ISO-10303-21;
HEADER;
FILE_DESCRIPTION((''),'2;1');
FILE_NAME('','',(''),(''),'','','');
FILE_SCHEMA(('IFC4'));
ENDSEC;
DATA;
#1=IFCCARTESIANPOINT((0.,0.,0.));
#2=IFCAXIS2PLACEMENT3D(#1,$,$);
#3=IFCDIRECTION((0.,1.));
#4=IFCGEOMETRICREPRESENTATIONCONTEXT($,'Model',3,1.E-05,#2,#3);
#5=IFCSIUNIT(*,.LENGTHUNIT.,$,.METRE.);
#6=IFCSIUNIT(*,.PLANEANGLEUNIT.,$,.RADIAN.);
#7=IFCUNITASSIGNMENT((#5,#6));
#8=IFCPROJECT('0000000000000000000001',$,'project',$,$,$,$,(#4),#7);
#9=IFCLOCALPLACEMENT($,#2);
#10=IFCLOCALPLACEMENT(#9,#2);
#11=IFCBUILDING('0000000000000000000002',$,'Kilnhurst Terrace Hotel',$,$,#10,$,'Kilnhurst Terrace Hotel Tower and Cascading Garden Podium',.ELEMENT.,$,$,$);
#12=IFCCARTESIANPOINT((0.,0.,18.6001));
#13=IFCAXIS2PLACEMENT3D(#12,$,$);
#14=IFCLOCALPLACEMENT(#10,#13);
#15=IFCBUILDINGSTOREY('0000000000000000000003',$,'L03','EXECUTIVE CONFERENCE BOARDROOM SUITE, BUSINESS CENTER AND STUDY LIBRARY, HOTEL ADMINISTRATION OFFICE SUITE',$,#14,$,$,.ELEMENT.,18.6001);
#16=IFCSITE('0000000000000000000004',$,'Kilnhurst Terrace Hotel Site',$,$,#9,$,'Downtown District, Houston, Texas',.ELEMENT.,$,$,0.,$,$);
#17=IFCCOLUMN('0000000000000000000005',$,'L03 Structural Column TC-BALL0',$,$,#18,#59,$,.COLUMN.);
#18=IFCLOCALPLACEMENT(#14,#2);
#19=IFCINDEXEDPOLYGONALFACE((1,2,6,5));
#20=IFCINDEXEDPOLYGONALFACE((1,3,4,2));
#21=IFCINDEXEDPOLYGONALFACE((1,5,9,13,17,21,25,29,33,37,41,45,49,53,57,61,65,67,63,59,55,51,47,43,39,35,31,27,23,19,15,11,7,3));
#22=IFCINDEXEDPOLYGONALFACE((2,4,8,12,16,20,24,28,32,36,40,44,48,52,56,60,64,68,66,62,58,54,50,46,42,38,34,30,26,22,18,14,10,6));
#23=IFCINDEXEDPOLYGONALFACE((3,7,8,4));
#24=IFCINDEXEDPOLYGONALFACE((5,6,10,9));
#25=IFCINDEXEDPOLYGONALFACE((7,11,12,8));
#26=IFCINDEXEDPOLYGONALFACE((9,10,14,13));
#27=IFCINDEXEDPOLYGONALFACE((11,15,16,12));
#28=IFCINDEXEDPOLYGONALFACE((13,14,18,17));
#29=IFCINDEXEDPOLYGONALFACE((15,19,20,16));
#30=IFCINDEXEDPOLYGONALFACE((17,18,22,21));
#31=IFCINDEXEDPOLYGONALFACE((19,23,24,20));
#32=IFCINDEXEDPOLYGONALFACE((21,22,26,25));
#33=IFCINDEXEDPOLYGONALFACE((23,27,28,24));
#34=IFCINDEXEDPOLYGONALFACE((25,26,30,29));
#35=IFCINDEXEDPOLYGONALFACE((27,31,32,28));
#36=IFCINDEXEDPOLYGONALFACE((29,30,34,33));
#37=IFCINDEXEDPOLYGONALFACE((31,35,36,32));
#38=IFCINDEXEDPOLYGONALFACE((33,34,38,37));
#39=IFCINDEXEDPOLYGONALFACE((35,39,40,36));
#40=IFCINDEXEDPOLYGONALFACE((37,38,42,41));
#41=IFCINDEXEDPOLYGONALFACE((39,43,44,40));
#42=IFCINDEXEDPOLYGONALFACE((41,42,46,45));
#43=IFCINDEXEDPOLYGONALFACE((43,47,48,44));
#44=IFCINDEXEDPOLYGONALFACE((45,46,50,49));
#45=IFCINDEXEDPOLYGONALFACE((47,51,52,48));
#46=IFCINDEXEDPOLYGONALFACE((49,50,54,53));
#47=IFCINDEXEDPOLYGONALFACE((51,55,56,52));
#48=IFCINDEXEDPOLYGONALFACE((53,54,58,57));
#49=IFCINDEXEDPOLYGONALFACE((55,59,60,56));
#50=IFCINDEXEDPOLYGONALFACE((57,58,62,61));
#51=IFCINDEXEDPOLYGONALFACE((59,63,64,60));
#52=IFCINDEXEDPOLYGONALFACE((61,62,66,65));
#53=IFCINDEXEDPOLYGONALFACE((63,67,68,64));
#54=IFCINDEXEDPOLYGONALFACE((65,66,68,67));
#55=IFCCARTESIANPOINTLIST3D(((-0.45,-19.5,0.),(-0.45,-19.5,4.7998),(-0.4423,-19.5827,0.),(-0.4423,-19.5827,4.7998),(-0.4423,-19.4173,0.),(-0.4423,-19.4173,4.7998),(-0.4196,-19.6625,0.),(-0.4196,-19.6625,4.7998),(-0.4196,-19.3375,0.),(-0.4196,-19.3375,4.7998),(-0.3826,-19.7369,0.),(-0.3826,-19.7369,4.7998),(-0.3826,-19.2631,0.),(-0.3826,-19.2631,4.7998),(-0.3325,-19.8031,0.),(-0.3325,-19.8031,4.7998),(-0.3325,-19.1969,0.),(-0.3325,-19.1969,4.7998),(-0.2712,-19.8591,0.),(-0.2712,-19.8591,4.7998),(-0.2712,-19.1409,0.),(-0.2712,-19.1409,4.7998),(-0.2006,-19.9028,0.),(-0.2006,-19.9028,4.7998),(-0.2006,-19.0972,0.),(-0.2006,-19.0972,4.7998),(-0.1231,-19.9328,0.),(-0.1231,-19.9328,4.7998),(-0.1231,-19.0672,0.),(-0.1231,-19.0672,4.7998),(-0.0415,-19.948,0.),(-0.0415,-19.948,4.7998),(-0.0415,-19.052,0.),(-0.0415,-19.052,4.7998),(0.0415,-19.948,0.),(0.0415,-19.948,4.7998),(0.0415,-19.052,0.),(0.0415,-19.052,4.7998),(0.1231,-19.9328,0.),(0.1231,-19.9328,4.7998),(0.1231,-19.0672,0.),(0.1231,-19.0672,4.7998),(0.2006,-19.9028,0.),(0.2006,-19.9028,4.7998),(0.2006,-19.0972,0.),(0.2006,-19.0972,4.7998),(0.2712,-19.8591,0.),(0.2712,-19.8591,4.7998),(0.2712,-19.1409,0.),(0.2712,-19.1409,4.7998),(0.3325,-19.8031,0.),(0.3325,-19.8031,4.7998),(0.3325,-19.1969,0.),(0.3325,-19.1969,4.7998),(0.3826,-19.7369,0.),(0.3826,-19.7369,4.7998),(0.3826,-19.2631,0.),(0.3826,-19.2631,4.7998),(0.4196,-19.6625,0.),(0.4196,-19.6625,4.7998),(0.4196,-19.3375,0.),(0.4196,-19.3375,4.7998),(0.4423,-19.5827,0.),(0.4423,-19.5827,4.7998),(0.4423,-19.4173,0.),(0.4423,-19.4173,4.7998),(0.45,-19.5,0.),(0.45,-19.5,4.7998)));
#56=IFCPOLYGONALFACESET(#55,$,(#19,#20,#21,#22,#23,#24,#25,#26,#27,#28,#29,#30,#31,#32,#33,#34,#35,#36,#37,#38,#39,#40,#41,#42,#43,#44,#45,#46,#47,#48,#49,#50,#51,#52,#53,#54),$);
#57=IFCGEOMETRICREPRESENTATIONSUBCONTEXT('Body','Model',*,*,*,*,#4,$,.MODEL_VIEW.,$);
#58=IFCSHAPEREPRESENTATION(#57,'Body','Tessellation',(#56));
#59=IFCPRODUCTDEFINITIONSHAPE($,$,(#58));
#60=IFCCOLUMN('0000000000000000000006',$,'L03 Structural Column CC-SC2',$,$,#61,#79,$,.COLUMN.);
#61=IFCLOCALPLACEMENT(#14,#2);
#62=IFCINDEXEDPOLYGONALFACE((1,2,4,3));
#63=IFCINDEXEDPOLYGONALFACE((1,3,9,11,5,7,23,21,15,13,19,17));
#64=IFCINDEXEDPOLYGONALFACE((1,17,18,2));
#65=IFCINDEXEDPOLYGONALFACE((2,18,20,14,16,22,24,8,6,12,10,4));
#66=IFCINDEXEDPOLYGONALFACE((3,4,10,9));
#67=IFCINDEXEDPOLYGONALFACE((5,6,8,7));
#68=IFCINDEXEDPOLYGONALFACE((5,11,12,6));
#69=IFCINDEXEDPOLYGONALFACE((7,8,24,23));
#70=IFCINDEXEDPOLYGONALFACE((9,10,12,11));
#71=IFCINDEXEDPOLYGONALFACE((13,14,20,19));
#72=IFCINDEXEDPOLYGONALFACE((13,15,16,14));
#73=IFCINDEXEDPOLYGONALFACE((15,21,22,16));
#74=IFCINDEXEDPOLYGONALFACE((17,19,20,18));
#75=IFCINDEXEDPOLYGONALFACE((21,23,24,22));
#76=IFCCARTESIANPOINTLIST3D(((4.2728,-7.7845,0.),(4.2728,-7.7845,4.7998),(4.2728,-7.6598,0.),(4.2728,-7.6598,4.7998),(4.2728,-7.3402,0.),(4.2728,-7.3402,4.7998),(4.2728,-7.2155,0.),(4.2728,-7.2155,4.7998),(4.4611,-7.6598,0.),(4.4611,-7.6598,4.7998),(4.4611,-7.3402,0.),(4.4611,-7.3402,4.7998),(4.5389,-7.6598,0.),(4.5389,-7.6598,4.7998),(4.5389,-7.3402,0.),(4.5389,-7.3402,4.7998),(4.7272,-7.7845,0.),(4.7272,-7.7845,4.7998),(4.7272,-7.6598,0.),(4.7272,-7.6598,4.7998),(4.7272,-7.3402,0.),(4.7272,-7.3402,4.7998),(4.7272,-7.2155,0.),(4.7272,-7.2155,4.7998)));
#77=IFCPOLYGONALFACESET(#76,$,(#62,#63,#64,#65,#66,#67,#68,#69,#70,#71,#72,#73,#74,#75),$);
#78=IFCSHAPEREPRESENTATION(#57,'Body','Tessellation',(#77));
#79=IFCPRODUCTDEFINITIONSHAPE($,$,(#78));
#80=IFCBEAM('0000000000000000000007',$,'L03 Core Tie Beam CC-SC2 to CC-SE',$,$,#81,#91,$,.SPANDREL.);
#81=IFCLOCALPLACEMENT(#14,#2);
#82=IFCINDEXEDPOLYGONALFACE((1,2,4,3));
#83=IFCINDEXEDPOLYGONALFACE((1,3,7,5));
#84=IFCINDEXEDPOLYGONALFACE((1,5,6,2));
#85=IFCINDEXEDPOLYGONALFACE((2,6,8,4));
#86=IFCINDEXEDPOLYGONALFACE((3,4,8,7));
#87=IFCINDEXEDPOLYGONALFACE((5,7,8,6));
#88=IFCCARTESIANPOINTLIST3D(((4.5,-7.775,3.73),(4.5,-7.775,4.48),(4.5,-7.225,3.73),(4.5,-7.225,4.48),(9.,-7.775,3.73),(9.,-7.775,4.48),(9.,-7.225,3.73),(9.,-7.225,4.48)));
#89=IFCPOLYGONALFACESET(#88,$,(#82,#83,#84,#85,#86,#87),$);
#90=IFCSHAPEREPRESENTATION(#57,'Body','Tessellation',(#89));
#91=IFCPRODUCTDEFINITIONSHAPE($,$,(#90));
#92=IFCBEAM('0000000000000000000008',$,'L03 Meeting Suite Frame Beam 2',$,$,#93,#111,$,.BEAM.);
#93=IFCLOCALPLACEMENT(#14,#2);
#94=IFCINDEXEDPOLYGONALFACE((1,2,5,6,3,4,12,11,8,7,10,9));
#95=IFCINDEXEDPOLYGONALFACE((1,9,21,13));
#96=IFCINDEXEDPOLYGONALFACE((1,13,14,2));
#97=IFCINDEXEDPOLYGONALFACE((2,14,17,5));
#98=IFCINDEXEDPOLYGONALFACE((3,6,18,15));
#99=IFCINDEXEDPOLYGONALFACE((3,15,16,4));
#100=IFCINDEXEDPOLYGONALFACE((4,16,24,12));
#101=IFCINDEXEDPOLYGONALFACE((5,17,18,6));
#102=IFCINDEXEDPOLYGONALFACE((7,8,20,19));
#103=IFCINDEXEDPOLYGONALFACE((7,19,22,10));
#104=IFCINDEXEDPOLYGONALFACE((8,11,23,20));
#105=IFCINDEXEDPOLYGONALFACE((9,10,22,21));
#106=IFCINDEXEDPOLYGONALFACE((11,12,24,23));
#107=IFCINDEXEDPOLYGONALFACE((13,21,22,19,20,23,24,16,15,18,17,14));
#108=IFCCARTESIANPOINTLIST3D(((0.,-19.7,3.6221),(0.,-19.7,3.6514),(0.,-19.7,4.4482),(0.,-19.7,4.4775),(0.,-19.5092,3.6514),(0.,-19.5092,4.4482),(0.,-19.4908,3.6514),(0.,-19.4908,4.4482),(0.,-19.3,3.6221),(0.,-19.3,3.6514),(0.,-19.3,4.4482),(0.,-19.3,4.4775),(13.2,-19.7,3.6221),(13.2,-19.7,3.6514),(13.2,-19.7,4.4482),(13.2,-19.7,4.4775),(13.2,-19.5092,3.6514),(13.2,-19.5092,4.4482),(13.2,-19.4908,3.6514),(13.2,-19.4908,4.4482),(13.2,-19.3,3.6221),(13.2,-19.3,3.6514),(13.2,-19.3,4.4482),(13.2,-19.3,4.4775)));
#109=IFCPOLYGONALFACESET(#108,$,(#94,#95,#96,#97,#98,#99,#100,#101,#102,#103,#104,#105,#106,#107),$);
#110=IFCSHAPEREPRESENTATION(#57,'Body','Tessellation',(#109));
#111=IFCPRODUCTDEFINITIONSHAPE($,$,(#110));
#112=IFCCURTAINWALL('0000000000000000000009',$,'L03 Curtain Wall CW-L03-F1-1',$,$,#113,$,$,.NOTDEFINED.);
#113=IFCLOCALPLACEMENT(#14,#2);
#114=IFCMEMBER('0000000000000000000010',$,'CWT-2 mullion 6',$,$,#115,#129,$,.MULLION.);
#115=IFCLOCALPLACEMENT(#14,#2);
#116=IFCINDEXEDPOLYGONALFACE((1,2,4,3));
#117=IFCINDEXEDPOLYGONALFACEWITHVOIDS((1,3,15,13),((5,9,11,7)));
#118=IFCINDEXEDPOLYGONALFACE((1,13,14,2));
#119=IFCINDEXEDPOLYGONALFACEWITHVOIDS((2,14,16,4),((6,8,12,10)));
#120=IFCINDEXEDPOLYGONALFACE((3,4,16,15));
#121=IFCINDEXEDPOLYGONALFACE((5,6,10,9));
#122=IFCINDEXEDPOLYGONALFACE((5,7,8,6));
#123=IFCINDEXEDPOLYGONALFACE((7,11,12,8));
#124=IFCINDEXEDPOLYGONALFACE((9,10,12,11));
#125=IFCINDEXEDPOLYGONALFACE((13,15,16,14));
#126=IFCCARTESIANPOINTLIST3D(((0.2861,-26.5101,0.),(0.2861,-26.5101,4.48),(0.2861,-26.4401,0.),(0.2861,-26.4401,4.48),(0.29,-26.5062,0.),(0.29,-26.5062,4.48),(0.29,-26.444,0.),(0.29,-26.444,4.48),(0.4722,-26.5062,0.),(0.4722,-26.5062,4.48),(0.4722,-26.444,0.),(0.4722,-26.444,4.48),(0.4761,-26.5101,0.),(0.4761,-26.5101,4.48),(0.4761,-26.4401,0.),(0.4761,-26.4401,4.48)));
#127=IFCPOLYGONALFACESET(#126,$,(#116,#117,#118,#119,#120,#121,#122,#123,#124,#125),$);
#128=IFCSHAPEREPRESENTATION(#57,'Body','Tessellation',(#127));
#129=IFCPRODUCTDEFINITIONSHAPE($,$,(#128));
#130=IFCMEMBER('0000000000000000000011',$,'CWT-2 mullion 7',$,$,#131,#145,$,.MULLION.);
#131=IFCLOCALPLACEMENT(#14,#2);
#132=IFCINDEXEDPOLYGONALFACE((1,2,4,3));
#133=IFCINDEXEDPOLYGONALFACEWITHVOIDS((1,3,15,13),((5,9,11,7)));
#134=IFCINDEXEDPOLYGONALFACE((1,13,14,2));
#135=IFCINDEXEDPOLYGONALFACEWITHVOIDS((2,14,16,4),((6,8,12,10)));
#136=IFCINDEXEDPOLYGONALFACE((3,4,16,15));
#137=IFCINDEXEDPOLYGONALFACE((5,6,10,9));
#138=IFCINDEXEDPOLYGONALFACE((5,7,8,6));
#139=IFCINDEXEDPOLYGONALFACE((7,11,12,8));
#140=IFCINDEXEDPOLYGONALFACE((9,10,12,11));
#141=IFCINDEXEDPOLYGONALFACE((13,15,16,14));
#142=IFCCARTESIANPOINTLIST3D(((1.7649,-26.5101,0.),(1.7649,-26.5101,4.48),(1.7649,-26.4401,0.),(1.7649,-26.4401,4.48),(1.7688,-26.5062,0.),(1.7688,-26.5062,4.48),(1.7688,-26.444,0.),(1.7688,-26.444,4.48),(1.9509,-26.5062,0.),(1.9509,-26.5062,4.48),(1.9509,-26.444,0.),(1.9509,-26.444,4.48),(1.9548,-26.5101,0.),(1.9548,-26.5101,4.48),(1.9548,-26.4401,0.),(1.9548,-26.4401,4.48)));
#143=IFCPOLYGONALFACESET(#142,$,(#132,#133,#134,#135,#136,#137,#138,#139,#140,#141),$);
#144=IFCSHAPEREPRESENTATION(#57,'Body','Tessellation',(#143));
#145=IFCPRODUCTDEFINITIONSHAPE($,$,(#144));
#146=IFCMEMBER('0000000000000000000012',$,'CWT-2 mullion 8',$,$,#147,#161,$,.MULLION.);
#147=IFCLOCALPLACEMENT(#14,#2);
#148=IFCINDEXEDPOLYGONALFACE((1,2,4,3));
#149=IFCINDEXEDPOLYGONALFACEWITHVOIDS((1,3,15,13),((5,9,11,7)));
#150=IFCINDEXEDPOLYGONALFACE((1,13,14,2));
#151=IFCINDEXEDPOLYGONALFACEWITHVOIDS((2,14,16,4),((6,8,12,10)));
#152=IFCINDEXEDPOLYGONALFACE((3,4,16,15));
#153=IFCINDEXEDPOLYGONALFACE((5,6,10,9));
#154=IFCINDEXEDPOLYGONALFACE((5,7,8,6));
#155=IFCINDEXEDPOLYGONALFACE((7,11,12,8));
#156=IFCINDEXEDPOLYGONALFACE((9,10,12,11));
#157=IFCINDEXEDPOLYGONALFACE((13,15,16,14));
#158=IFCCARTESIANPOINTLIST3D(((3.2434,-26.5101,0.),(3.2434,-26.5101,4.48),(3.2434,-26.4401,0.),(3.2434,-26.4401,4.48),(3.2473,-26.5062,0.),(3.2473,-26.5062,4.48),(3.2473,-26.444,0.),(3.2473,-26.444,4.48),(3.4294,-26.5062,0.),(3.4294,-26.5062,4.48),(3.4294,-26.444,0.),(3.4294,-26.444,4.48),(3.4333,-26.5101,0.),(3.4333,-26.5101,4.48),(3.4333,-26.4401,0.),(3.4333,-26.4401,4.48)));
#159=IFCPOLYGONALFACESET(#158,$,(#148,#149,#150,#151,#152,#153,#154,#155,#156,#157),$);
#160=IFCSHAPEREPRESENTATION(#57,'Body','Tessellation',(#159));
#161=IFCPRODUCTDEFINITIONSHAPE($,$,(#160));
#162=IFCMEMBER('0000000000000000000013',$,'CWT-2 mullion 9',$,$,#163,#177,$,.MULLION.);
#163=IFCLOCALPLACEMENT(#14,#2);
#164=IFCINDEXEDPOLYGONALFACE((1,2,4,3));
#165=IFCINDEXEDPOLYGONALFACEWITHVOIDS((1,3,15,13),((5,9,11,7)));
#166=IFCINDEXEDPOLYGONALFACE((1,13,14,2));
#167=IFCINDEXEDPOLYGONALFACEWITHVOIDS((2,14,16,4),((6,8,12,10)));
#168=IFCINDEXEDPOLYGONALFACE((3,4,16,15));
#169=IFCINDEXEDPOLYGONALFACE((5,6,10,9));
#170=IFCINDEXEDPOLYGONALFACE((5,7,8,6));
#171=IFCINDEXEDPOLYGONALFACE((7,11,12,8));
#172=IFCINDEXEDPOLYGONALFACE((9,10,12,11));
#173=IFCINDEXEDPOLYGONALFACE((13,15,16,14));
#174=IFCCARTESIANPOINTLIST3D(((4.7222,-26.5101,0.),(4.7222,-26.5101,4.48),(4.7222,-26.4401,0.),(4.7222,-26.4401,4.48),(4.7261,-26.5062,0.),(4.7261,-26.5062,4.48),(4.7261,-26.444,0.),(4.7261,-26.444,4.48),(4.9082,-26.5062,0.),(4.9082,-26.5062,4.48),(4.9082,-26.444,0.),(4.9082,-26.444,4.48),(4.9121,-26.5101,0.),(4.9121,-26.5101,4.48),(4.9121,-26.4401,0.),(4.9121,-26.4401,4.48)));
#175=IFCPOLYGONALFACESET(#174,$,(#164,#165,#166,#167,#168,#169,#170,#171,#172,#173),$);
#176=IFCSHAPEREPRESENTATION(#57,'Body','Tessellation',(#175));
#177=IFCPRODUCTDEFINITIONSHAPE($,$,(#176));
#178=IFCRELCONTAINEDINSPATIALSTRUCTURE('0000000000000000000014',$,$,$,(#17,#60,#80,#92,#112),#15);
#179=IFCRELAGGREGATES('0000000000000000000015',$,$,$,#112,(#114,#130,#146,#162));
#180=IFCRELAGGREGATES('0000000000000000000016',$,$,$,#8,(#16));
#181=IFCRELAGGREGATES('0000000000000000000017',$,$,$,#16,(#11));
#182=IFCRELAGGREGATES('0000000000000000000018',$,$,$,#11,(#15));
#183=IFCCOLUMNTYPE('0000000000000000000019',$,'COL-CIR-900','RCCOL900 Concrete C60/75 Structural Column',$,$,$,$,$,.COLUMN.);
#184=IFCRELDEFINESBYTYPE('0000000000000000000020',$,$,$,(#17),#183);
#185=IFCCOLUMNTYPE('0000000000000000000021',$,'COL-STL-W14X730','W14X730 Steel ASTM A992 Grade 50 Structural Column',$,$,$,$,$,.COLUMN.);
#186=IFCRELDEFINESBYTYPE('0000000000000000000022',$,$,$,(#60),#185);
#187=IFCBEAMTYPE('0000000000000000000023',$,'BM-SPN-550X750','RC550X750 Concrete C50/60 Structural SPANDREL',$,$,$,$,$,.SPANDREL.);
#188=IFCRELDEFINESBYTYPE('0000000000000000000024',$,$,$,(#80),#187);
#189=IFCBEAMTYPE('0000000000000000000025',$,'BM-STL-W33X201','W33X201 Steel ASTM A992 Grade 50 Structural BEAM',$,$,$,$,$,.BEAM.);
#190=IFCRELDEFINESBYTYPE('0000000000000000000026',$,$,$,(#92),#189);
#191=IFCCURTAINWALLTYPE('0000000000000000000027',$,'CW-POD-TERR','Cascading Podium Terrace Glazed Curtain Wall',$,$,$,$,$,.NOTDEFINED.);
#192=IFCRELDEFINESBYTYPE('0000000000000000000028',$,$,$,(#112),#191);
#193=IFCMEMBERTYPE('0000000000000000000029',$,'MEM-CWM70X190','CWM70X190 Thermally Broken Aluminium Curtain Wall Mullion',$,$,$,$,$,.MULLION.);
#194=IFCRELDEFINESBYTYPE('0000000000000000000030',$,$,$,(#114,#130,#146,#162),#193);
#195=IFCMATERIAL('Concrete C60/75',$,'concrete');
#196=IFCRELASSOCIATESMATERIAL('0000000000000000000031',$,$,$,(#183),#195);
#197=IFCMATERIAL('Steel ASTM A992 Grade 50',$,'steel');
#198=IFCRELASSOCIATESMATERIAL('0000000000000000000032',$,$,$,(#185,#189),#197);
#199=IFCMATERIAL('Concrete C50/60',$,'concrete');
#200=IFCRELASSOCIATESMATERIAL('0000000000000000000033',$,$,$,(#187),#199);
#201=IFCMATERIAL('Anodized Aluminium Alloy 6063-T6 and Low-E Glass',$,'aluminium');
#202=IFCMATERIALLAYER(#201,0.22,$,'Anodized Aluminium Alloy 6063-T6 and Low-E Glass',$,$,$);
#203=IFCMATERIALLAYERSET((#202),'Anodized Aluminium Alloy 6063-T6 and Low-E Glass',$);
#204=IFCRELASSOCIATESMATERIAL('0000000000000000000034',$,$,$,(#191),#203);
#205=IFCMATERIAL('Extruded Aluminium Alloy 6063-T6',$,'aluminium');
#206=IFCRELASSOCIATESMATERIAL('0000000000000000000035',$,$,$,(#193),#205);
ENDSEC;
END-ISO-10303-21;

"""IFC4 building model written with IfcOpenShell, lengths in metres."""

from ifc_helpers import new_model, si_unit, direction, frame, origin, origin_2d, place, context, subcontext, project, spatial, rectangle, hollow_rectangle, circle, i_section, extrude, material, layer, layer_set, material_profile, profile_set, type_object, element, aggregate, save


model = new_model("IFC4")

# Units and contexts
model_context = context("Model", 3, precision=1e-05, world=origin(), true_north=direction((0.0, 1.0)))
body_context = subcontext(model_context, "Body", "Model", "MODEL_VIEW")
ifc_project = project(units=[si_unit("LENGTHUNIT", "METRE"), si_unit("PLANEANGLEUNIT", "RADIAN")], contexts=[model_context])

# Site, building, storey
site_placement = place(None, origin())
site = spatial("IfcSite", under=ifc_project, at=site_placement, Name="Kilnhurst Terrace Hotel Site", LongName="Downtown District, Houston, Texas", CompositionType="ELEMENT", RefElevation=0.0)
building_placement = place(site_placement, origin())
building = spatial("IfcBuilding", under=site, at=building_placement, Name="Kilnhurst Terrace Hotel", LongName="Kilnhurst Terrace Hotel Tower and Cascading Garden Podium", CompositionType="ELEMENT")
storey_placement = place(building_placement, frame((0.0, 0.0, 18.6001)))
storey = spatial("IfcBuildingStorey", under=building, at=storey_placement, Name="L03", Description="EXECUTIVE CONFERENCE BOARDROOM SUITE, BUSINESS CENTER AND STUDY LIBRARY, HOTEL ADMINISTRATION OFFICE SUITE", CompositionType="ELEMENT", Elevation=18.6001)

# Columns
ifc_material_1 = material(Name="Concrete C60/75", Category="concrete")
ifc_material_profile_1 = material_profile(ifc_material_1, circle(Radius=0.45, at=origin_2d()), Name="RCCOL900")
ifc_profile_set_1 = profile_set([ifc_material_profile_1], Name="Concrete C60/75")
column_type_1 = type_object("IfcColumnType", Name="COL-CIR-900", Description="RCCOL900 Concrete C60/75 Structural Column", PredefinedType="COLUMN", material=ifc_profile_set_1)
column_1_placement = place(storey_placement, frame((0.0, -19.5, 0.0), z_axis=(0.0, 0.0, 1.0), x_axis=(1.0, 0.0, 0.0)))
element("IfcColumn", 1, at=column_1_placement, inside=storey, type_object=column_type_1, Name="L03 Structural Column TC-BALL0", PredefinedType="COLUMN", context=body_context, shape_type="SweptSolid", body=[
    extrude(circle(Radius=0.45, at=origin_2d()), origin(), (0.0, 0.0, 1.0), 4.7998),
])
ifc_material_2 = material(Name="Steel ASTM A992 Grade 50", Category="steel")
ifc_material_profile_2 = material_profile(ifc_material_2, i_section(OverallWidth=0.4543, OverallDepth=0.5691, WebThickness=0.0779, FlangeThickness=0.1248, at=origin_2d()), Name="W14X730")
ifc_profile_set_2 = profile_set([ifc_material_profile_2], Name="Steel ASTM A992 Grade 50")
column_type_2 = type_object("IfcColumnType", Name="COL-STL-W14X730", Description="W14X730 Steel ASTM A992 Grade 50 Structural Column", PredefinedType="COLUMN", material=ifc_profile_set_2)
column_2_placement = place(storey_placement, frame((4.5, -7.5, 0.0), z_axis=(0.0, 0.0, 1.0), x_axis=(1.0, 0.0, 0.0)))
element("IfcColumn", 2, at=column_2_placement, inside=storey, type_object=column_type_2, Name="L03 Structural Column CC-SC2", PredefinedType="COLUMN", context=body_context, shape_type="SweptSolid", body=[
    extrude(i_section(OverallWidth=0.4543, OverallDepth=0.5691, WebThickness=0.0779, FlangeThickness=0.1248, at=origin_2d()), origin(), (0.0, 0.0, 1.0), 4.7998),
])

# Beams
ifc_material_3 = material(Name="Concrete C50/60", Category="concrete")
ifc_material_profile_3 = material_profile(ifc_material_3, rectangle(XDim=0.55, YDim=0.75, at=origin_2d()), Name="RC550X750")
ifc_profile_set_3 = profile_set([ifc_material_profile_3], Name="Concrete C50/60")
beam_type_1 = type_object("IfcBeamType", Name="BM-SPN-550X750", Description="RC550X750 Concrete C50/60 Structural SPANDREL", PredefinedType="SPANDREL", material=ifc_profile_set_3)
beam_1_placement = place(storey_placement, frame((4.5, -7.5, 4.105), z_axis=(1.0, 0.0, 0.0), x_axis=(0.0, 1.0, 0.0)))
element("IfcBeam", 3, at=beam_1_placement, inside=storey, type_object=beam_type_1, Name="L03 Core Tie Beam CC-SC2 to CC-SE", PredefinedType="SPANDREL", context=body_context, shape_type="SweptSolid", body=[
    extrude(rectangle(XDim=0.55, YDim=0.75, at=origin_2d()), origin(), (0.0, 0.0, 1.0), 4.5),
])
ifc_material_profile_4 = material_profile(ifc_material_2, i_section(OverallWidth=0.3999, OverallDepth=0.8555, WebThickness=0.0183, FlangeThickness=0.0293, at=origin_2d()), Name="W33X201")
ifc_profile_set_4 = profile_set([ifc_material_profile_4], Name="Steel ASTM A992 Grade 50")
beam_type_2 = type_object("IfcBeamType", Name="BM-STL-W33X201", Description="W33X201 Steel ASTM A992 Grade 50 Structural BEAM", PredefinedType="BEAM", material=ifc_profile_set_4)
beam_2_placement = place(storey_placement, frame((0.0, -19.5, 4.0498), z_axis=(1.0, 0.0, 0.0), x_axis=(0.0, 1.0, 0.0)))
element("IfcBeam", 4, at=beam_2_placement, inside=storey, type_object=beam_type_2, Name="L03 Meeting Suite Frame Beam 2", PredefinedType="BEAM", context=body_context, shape_type="SweptSolid", body=[
    extrude(i_section(OverallWidth=0.3999, OverallDepth=0.8555, WebThickness=0.0183, FlangeThickness=0.0293, at=origin_2d()), origin(), (0.0, 0.0, 1.0), 13.2),
])

# Curtain wall, members
ifc_material_4 = material(Name="Anodized Aluminium Alloy 6063-T6 and Low-E Glass", Category="aluminium")
ifc_layer_1 = layer(ifc_material_4, 0.22, Name="Anodized Aluminium Alloy 6063-T6 and Low-E Glass")
ifc_layer_set_1 = layer_set([ifc_layer_1], Name="Anodized Aluminium Alloy 6063-T6 and Low-E Glass")
curtain_wall_type = type_object("IfcCurtainWallType", Name="CW-POD-TERR", Description="Cascading Podium Terrace Glazed Curtain Wall", PredefinedType="NOTDEFINED", material=ifc_layer_set_1)
curtain_wall_placement = place(storey_placement, origin())
curtain_wall = element("IfcCurtainWall", 5, at=curtain_wall_placement, inside=storey, type_object=curtain_wall_type, Name="L03 Curtain Wall CW-L03-F1-1", PredefinedType="NOTDEFINED")
ifc_material_5 = material(Name="Extruded Aluminium Alloy 6063-T6", Category="aluminium")
ifc_material_profile_5 = material_profile(ifc_material_5, hollow_rectangle(XDim=0.0701, YDim=0.1899, WallThickness=0.0039, at=origin_2d()), Name="CWM70X190")
ifc_profile_set_5 = profile_set([ifc_material_profile_5], Name="Extruded Aluminium Alloy 6063-T6")
member_type_1 = type_object("IfcMemberType", Name="MEM-CWM70X190", Description="CWM70X190 Thermally Broken Aluminium Curtain Wall Mullion", PredefinedType="MULLION", material=ifc_profile_set_5)
member_1_placement = place(storey_placement, frame((0.3811, -26.4751, 0.0), z_axis=(0.0, 0.0, 1.0), x_axis=(0.0, 1.0, 0.0)))
member_1 = element("IfcMember", 6, at=member_1_placement, type_object=member_type_1, Name="CWT-2 mullion 6", PredefinedType="MULLION", context=body_context, shape_type="SweptSolid", body=[
    extrude(hollow_rectangle(XDim=0.0701, YDim=0.1899, WallThickness=0.0039, at=origin_2d()), origin(), (0.0, 0.0, 1.0), 4.48),
])
member_2_placement = place(storey_placement, frame((1.8599, -26.4751, 0.0), z_axis=(0.0, 0.0, 1.0), x_axis=(0.0, 1.0, 0.0)))
member_2 = element("IfcMember", 7, at=member_2_placement, type_object=member_type_1, Name="CWT-2 mullion 7", PredefinedType="MULLION", context=body_context, shape_type="SweptSolid", body=[
    extrude(hollow_rectangle(XDim=0.0701, YDim=0.1899, WallThickness=0.0039, at=origin_2d()), origin(), (0.0, 0.0, 1.0), 4.48),
])
member_3_placement = place(storey_placement, frame((3.3384, -26.4751, 0.0), z_axis=(0.0, 0.0, 1.0), x_axis=(0.0, 1.0, 0.0)))
member_3 = element("IfcMember", 8, at=member_3_placement, type_object=member_type_1, Name="CWT-2 mullion 8", PredefinedType="MULLION", context=body_context, shape_type="SweptSolid", body=[
    extrude(hollow_rectangle(XDim=0.0701, YDim=0.1899, WallThickness=0.0039, at=origin_2d()), origin(), (0.0, 0.0, 1.0), 4.48),
])
member_4_placement = place(storey_placement, frame((4.8171, -26.4751, 0.0), z_axis=(0.0, 0.0, 1.0), x_axis=(0.0, 1.0, 0.0)))
member_4 = element("IfcMember", 9, at=member_4_placement, type_object=member_type_1, Name="CWT-2 mullion 9", PredefinedType="MULLION", context=body_context, shape_type="SweptSolid", body=[
    extrude(hollow_rectangle(XDim=0.0701, YDim=0.1899, WallThickness=0.0039, at=origin_2d()), origin(), (0.0, 0.0, 1.0), 4.48),
])
aggregate(curtain_wall, [member_1, member_2, member_3, member_4])

save(model, "model.ifc")
